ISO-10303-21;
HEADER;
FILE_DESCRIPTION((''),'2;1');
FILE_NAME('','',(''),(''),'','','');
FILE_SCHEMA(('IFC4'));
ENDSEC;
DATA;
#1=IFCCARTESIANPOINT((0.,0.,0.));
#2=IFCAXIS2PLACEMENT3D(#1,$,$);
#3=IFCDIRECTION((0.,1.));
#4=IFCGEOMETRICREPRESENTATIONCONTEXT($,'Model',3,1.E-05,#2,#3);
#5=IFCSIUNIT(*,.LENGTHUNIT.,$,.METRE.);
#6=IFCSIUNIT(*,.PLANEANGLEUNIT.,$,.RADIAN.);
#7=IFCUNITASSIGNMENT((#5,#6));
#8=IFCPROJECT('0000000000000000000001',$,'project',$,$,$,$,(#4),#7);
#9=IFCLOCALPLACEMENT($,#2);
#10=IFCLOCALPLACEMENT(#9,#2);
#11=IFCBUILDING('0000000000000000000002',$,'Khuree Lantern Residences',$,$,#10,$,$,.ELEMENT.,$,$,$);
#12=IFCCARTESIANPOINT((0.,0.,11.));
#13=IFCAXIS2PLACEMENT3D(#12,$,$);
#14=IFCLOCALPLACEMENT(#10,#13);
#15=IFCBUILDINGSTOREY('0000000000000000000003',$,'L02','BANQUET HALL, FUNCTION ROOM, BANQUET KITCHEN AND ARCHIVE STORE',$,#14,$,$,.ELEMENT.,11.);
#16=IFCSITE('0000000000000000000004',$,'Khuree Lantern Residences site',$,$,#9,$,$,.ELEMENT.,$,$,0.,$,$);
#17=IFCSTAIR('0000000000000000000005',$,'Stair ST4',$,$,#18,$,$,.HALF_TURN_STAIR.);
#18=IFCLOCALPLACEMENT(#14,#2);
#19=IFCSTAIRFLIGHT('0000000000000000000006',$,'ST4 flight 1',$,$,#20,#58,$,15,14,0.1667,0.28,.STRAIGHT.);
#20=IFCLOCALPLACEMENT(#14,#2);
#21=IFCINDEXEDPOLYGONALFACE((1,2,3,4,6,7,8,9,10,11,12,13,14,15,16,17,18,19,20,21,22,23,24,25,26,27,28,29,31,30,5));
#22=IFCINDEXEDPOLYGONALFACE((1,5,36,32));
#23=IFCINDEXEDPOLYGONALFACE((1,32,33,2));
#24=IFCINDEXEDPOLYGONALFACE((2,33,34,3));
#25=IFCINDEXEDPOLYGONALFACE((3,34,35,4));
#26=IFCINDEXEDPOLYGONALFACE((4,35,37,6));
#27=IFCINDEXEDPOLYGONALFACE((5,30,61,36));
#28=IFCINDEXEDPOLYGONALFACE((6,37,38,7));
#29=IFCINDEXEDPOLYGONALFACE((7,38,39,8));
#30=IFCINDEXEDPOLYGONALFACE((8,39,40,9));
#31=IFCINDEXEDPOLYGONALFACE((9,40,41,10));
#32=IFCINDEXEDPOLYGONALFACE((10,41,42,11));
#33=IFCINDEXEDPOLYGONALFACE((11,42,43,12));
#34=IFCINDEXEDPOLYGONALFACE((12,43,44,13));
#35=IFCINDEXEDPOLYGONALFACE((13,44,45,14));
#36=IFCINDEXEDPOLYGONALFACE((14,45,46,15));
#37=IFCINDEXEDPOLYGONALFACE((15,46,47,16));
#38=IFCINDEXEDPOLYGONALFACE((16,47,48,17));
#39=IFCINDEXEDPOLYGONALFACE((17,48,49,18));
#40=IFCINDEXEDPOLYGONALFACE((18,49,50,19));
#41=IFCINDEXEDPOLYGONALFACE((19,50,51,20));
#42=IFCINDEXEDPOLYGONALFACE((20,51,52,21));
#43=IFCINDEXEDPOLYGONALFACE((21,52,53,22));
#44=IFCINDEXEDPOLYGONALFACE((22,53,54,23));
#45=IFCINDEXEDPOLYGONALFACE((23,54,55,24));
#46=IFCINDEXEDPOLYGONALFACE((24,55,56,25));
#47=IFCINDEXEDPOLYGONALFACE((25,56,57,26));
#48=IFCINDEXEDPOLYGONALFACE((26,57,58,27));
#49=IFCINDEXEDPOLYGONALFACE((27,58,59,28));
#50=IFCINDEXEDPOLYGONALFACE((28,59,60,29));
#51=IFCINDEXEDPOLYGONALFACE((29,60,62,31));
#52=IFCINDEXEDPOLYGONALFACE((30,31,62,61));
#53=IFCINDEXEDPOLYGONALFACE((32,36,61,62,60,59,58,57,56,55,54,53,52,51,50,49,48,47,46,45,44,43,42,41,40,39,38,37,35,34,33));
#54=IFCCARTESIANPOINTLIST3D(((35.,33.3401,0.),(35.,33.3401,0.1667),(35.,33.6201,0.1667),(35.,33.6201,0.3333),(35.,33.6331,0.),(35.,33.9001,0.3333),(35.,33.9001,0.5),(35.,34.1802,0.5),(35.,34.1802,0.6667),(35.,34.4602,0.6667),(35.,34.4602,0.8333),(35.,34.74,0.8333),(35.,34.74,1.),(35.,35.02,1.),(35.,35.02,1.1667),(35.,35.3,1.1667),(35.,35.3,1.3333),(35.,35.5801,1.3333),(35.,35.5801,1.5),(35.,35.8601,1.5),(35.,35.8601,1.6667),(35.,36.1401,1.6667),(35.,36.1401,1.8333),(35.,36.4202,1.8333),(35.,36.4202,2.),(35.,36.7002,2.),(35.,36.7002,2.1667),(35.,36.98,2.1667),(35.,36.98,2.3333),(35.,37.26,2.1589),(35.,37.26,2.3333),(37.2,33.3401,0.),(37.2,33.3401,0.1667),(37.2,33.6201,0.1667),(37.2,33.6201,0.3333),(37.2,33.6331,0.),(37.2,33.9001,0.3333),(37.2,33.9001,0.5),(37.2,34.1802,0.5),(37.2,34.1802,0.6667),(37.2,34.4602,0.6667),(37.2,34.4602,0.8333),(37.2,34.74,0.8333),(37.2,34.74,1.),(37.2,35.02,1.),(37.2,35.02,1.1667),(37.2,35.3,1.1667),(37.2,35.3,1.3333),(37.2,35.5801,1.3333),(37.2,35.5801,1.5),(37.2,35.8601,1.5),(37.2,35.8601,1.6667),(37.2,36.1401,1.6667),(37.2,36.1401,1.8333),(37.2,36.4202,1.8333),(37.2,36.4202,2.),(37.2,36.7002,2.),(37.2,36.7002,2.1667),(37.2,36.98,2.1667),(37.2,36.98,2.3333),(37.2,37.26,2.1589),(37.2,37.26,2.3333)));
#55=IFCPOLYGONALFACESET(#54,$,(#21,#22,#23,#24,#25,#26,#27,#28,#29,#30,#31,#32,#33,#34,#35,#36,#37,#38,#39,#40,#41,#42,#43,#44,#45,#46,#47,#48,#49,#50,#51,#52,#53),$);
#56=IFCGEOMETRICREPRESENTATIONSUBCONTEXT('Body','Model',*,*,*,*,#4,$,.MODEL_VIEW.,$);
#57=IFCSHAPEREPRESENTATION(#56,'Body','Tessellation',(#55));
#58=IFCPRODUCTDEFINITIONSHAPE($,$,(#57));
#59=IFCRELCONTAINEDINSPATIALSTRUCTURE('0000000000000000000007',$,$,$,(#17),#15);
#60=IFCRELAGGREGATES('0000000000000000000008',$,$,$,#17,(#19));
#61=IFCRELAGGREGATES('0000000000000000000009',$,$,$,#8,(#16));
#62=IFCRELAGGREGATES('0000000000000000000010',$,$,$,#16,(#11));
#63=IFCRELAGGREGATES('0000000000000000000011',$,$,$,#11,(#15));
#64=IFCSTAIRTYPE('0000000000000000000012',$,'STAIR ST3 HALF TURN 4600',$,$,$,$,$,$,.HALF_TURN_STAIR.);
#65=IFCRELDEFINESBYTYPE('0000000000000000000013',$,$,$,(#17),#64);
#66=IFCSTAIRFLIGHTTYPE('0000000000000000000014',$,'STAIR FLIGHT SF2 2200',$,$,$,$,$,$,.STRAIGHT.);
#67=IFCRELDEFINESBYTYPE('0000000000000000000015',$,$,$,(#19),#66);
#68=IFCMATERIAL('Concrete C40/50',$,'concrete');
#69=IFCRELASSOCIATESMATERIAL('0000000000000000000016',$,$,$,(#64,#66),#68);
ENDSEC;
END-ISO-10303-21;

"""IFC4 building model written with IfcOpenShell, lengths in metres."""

from ifc_helpers import new_model, si_unit, direction, frame, origin, place, context, subcontext, project, spatial, polyline, outline, extrude, material, type_object, element, aggregate, save


model = new_model("IFC4")

# Units and contexts
model_context = context("Model", 3, precision=1e-05, world=origin(), true_north=direction((0.0, 1.0)))
body_context = subcontext(model_context, "Body", "Model", "MODEL_VIEW")
ifc_project = project(units=[si_unit("LENGTHUNIT", "METRE"), si_unit("PLANEANGLEUNIT", "RADIAN")], contexts=[model_context])

# Site, building, storey
site_placement = place(None, origin())
site = spatial("IfcSite", under=ifc_project, at=site_placement, Name="Khuree Lantern Residences site", CompositionType="ELEMENT", RefElevation=0.0)
building_placement = place(site_placement, origin())
building = spatial("IfcBuilding", under=site, at=building_placement, Name="Khuree Lantern Residences", CompositionType="ELEMENT")
storey_placement = place(building_placement, frame((0.0, 0.0, 11.0)))
storey = spatial("IfcBuildingStorey", under=building, at=storey_placement, Name="L02", Description="BANQUET HALL, FUNCTION ROOM, BANQUET KITCHEN AND ARCHIVE STORE", CompositionType="ELEMENT", Elevation=11.0)

# Shared definitions
ifc_material_1 = material(Name="Concrete C40/50", Category="concrete")

# Stair, stair flight
stair_type = type_object("IfcStairType", Name="STAIR ST3 HALF TURN 4600", PredefinedType="HALF_TURN_STAIR", material=ifc_material_1)
stair_placement = place(storey_placement, origin())
stair = element("IfcStair", 1, at=stair_placement, inside=storey, type_object=stair_type, Name="Stair ST4", PredefinedType="HALF_TURN_STAIR")
stair_flight_type = type_object("IfcStairFlightType", Name="STAIR FLIGHT SF2 2200", PredefinedType="STRAIGHT", material=ifc_material_1)
stair_flight_placement = place(storey_placement, frame((36.1001, 33.3401, 0.0), z_axis=(0.0, 0.0, 1.0), x_axis=(0.0, 1.0, 0.0)))
stair_flight = element("IfcStairFlight", 2, at=stair_flight_placement, type_object=stair_flight_type, Name="ST4 flight 1", NumberOfRisers=15, NumberOfTreads=14, PredefinedType="STRAIGHT", RiserHeight=0.1667, TreadLength=0.28, context=body_context, shape_type="SweptSolid", body=[
    extrude(outline(polyline([(0.0, 0.0), (0.0, 0.1667), (0.28, 0.1667), (0.28, 0.3333), (0.5601, 0.3333), (0.5601, 0.5), (0.8401, 0.5), (0.8401, 0.6667), (1.1201, 0.6667), (1.1201, 0.8333), (1.3999, 0.8333), (1.3999, 1.0), (1.6799, 1.0), (1.6799, 1.1667), (1.96, 1.1667), (1.96, 1.3333), (2.24, 1.3333), (2.24, 1.5), (2.52, 1.5), (2.52, 1.6667), (2.8, 1.6667), (2.8, 1.8333), (3.0801, 1.8333), (3.0801, 2.0), (3.3601, 2.0), (3.3601, 2.1667), (3.6399, 2.1667), (3.6399, 2.3333), (3.9199, 2.3333), (3.9199, 2.5), (3.9199, 2.1589), (0.293, 0.0), (0.0, 0.0)])), frame((0.0, 1.1001, 0.0), z_axis=(0.0, -1.0, 0.0), x_axis=(1.0, 0.0, 0.0)), (0.0, 0.0, 1.0), 2.2),
])
aggregate(stair, [stair_flight])

save(model, "model.ifc")
